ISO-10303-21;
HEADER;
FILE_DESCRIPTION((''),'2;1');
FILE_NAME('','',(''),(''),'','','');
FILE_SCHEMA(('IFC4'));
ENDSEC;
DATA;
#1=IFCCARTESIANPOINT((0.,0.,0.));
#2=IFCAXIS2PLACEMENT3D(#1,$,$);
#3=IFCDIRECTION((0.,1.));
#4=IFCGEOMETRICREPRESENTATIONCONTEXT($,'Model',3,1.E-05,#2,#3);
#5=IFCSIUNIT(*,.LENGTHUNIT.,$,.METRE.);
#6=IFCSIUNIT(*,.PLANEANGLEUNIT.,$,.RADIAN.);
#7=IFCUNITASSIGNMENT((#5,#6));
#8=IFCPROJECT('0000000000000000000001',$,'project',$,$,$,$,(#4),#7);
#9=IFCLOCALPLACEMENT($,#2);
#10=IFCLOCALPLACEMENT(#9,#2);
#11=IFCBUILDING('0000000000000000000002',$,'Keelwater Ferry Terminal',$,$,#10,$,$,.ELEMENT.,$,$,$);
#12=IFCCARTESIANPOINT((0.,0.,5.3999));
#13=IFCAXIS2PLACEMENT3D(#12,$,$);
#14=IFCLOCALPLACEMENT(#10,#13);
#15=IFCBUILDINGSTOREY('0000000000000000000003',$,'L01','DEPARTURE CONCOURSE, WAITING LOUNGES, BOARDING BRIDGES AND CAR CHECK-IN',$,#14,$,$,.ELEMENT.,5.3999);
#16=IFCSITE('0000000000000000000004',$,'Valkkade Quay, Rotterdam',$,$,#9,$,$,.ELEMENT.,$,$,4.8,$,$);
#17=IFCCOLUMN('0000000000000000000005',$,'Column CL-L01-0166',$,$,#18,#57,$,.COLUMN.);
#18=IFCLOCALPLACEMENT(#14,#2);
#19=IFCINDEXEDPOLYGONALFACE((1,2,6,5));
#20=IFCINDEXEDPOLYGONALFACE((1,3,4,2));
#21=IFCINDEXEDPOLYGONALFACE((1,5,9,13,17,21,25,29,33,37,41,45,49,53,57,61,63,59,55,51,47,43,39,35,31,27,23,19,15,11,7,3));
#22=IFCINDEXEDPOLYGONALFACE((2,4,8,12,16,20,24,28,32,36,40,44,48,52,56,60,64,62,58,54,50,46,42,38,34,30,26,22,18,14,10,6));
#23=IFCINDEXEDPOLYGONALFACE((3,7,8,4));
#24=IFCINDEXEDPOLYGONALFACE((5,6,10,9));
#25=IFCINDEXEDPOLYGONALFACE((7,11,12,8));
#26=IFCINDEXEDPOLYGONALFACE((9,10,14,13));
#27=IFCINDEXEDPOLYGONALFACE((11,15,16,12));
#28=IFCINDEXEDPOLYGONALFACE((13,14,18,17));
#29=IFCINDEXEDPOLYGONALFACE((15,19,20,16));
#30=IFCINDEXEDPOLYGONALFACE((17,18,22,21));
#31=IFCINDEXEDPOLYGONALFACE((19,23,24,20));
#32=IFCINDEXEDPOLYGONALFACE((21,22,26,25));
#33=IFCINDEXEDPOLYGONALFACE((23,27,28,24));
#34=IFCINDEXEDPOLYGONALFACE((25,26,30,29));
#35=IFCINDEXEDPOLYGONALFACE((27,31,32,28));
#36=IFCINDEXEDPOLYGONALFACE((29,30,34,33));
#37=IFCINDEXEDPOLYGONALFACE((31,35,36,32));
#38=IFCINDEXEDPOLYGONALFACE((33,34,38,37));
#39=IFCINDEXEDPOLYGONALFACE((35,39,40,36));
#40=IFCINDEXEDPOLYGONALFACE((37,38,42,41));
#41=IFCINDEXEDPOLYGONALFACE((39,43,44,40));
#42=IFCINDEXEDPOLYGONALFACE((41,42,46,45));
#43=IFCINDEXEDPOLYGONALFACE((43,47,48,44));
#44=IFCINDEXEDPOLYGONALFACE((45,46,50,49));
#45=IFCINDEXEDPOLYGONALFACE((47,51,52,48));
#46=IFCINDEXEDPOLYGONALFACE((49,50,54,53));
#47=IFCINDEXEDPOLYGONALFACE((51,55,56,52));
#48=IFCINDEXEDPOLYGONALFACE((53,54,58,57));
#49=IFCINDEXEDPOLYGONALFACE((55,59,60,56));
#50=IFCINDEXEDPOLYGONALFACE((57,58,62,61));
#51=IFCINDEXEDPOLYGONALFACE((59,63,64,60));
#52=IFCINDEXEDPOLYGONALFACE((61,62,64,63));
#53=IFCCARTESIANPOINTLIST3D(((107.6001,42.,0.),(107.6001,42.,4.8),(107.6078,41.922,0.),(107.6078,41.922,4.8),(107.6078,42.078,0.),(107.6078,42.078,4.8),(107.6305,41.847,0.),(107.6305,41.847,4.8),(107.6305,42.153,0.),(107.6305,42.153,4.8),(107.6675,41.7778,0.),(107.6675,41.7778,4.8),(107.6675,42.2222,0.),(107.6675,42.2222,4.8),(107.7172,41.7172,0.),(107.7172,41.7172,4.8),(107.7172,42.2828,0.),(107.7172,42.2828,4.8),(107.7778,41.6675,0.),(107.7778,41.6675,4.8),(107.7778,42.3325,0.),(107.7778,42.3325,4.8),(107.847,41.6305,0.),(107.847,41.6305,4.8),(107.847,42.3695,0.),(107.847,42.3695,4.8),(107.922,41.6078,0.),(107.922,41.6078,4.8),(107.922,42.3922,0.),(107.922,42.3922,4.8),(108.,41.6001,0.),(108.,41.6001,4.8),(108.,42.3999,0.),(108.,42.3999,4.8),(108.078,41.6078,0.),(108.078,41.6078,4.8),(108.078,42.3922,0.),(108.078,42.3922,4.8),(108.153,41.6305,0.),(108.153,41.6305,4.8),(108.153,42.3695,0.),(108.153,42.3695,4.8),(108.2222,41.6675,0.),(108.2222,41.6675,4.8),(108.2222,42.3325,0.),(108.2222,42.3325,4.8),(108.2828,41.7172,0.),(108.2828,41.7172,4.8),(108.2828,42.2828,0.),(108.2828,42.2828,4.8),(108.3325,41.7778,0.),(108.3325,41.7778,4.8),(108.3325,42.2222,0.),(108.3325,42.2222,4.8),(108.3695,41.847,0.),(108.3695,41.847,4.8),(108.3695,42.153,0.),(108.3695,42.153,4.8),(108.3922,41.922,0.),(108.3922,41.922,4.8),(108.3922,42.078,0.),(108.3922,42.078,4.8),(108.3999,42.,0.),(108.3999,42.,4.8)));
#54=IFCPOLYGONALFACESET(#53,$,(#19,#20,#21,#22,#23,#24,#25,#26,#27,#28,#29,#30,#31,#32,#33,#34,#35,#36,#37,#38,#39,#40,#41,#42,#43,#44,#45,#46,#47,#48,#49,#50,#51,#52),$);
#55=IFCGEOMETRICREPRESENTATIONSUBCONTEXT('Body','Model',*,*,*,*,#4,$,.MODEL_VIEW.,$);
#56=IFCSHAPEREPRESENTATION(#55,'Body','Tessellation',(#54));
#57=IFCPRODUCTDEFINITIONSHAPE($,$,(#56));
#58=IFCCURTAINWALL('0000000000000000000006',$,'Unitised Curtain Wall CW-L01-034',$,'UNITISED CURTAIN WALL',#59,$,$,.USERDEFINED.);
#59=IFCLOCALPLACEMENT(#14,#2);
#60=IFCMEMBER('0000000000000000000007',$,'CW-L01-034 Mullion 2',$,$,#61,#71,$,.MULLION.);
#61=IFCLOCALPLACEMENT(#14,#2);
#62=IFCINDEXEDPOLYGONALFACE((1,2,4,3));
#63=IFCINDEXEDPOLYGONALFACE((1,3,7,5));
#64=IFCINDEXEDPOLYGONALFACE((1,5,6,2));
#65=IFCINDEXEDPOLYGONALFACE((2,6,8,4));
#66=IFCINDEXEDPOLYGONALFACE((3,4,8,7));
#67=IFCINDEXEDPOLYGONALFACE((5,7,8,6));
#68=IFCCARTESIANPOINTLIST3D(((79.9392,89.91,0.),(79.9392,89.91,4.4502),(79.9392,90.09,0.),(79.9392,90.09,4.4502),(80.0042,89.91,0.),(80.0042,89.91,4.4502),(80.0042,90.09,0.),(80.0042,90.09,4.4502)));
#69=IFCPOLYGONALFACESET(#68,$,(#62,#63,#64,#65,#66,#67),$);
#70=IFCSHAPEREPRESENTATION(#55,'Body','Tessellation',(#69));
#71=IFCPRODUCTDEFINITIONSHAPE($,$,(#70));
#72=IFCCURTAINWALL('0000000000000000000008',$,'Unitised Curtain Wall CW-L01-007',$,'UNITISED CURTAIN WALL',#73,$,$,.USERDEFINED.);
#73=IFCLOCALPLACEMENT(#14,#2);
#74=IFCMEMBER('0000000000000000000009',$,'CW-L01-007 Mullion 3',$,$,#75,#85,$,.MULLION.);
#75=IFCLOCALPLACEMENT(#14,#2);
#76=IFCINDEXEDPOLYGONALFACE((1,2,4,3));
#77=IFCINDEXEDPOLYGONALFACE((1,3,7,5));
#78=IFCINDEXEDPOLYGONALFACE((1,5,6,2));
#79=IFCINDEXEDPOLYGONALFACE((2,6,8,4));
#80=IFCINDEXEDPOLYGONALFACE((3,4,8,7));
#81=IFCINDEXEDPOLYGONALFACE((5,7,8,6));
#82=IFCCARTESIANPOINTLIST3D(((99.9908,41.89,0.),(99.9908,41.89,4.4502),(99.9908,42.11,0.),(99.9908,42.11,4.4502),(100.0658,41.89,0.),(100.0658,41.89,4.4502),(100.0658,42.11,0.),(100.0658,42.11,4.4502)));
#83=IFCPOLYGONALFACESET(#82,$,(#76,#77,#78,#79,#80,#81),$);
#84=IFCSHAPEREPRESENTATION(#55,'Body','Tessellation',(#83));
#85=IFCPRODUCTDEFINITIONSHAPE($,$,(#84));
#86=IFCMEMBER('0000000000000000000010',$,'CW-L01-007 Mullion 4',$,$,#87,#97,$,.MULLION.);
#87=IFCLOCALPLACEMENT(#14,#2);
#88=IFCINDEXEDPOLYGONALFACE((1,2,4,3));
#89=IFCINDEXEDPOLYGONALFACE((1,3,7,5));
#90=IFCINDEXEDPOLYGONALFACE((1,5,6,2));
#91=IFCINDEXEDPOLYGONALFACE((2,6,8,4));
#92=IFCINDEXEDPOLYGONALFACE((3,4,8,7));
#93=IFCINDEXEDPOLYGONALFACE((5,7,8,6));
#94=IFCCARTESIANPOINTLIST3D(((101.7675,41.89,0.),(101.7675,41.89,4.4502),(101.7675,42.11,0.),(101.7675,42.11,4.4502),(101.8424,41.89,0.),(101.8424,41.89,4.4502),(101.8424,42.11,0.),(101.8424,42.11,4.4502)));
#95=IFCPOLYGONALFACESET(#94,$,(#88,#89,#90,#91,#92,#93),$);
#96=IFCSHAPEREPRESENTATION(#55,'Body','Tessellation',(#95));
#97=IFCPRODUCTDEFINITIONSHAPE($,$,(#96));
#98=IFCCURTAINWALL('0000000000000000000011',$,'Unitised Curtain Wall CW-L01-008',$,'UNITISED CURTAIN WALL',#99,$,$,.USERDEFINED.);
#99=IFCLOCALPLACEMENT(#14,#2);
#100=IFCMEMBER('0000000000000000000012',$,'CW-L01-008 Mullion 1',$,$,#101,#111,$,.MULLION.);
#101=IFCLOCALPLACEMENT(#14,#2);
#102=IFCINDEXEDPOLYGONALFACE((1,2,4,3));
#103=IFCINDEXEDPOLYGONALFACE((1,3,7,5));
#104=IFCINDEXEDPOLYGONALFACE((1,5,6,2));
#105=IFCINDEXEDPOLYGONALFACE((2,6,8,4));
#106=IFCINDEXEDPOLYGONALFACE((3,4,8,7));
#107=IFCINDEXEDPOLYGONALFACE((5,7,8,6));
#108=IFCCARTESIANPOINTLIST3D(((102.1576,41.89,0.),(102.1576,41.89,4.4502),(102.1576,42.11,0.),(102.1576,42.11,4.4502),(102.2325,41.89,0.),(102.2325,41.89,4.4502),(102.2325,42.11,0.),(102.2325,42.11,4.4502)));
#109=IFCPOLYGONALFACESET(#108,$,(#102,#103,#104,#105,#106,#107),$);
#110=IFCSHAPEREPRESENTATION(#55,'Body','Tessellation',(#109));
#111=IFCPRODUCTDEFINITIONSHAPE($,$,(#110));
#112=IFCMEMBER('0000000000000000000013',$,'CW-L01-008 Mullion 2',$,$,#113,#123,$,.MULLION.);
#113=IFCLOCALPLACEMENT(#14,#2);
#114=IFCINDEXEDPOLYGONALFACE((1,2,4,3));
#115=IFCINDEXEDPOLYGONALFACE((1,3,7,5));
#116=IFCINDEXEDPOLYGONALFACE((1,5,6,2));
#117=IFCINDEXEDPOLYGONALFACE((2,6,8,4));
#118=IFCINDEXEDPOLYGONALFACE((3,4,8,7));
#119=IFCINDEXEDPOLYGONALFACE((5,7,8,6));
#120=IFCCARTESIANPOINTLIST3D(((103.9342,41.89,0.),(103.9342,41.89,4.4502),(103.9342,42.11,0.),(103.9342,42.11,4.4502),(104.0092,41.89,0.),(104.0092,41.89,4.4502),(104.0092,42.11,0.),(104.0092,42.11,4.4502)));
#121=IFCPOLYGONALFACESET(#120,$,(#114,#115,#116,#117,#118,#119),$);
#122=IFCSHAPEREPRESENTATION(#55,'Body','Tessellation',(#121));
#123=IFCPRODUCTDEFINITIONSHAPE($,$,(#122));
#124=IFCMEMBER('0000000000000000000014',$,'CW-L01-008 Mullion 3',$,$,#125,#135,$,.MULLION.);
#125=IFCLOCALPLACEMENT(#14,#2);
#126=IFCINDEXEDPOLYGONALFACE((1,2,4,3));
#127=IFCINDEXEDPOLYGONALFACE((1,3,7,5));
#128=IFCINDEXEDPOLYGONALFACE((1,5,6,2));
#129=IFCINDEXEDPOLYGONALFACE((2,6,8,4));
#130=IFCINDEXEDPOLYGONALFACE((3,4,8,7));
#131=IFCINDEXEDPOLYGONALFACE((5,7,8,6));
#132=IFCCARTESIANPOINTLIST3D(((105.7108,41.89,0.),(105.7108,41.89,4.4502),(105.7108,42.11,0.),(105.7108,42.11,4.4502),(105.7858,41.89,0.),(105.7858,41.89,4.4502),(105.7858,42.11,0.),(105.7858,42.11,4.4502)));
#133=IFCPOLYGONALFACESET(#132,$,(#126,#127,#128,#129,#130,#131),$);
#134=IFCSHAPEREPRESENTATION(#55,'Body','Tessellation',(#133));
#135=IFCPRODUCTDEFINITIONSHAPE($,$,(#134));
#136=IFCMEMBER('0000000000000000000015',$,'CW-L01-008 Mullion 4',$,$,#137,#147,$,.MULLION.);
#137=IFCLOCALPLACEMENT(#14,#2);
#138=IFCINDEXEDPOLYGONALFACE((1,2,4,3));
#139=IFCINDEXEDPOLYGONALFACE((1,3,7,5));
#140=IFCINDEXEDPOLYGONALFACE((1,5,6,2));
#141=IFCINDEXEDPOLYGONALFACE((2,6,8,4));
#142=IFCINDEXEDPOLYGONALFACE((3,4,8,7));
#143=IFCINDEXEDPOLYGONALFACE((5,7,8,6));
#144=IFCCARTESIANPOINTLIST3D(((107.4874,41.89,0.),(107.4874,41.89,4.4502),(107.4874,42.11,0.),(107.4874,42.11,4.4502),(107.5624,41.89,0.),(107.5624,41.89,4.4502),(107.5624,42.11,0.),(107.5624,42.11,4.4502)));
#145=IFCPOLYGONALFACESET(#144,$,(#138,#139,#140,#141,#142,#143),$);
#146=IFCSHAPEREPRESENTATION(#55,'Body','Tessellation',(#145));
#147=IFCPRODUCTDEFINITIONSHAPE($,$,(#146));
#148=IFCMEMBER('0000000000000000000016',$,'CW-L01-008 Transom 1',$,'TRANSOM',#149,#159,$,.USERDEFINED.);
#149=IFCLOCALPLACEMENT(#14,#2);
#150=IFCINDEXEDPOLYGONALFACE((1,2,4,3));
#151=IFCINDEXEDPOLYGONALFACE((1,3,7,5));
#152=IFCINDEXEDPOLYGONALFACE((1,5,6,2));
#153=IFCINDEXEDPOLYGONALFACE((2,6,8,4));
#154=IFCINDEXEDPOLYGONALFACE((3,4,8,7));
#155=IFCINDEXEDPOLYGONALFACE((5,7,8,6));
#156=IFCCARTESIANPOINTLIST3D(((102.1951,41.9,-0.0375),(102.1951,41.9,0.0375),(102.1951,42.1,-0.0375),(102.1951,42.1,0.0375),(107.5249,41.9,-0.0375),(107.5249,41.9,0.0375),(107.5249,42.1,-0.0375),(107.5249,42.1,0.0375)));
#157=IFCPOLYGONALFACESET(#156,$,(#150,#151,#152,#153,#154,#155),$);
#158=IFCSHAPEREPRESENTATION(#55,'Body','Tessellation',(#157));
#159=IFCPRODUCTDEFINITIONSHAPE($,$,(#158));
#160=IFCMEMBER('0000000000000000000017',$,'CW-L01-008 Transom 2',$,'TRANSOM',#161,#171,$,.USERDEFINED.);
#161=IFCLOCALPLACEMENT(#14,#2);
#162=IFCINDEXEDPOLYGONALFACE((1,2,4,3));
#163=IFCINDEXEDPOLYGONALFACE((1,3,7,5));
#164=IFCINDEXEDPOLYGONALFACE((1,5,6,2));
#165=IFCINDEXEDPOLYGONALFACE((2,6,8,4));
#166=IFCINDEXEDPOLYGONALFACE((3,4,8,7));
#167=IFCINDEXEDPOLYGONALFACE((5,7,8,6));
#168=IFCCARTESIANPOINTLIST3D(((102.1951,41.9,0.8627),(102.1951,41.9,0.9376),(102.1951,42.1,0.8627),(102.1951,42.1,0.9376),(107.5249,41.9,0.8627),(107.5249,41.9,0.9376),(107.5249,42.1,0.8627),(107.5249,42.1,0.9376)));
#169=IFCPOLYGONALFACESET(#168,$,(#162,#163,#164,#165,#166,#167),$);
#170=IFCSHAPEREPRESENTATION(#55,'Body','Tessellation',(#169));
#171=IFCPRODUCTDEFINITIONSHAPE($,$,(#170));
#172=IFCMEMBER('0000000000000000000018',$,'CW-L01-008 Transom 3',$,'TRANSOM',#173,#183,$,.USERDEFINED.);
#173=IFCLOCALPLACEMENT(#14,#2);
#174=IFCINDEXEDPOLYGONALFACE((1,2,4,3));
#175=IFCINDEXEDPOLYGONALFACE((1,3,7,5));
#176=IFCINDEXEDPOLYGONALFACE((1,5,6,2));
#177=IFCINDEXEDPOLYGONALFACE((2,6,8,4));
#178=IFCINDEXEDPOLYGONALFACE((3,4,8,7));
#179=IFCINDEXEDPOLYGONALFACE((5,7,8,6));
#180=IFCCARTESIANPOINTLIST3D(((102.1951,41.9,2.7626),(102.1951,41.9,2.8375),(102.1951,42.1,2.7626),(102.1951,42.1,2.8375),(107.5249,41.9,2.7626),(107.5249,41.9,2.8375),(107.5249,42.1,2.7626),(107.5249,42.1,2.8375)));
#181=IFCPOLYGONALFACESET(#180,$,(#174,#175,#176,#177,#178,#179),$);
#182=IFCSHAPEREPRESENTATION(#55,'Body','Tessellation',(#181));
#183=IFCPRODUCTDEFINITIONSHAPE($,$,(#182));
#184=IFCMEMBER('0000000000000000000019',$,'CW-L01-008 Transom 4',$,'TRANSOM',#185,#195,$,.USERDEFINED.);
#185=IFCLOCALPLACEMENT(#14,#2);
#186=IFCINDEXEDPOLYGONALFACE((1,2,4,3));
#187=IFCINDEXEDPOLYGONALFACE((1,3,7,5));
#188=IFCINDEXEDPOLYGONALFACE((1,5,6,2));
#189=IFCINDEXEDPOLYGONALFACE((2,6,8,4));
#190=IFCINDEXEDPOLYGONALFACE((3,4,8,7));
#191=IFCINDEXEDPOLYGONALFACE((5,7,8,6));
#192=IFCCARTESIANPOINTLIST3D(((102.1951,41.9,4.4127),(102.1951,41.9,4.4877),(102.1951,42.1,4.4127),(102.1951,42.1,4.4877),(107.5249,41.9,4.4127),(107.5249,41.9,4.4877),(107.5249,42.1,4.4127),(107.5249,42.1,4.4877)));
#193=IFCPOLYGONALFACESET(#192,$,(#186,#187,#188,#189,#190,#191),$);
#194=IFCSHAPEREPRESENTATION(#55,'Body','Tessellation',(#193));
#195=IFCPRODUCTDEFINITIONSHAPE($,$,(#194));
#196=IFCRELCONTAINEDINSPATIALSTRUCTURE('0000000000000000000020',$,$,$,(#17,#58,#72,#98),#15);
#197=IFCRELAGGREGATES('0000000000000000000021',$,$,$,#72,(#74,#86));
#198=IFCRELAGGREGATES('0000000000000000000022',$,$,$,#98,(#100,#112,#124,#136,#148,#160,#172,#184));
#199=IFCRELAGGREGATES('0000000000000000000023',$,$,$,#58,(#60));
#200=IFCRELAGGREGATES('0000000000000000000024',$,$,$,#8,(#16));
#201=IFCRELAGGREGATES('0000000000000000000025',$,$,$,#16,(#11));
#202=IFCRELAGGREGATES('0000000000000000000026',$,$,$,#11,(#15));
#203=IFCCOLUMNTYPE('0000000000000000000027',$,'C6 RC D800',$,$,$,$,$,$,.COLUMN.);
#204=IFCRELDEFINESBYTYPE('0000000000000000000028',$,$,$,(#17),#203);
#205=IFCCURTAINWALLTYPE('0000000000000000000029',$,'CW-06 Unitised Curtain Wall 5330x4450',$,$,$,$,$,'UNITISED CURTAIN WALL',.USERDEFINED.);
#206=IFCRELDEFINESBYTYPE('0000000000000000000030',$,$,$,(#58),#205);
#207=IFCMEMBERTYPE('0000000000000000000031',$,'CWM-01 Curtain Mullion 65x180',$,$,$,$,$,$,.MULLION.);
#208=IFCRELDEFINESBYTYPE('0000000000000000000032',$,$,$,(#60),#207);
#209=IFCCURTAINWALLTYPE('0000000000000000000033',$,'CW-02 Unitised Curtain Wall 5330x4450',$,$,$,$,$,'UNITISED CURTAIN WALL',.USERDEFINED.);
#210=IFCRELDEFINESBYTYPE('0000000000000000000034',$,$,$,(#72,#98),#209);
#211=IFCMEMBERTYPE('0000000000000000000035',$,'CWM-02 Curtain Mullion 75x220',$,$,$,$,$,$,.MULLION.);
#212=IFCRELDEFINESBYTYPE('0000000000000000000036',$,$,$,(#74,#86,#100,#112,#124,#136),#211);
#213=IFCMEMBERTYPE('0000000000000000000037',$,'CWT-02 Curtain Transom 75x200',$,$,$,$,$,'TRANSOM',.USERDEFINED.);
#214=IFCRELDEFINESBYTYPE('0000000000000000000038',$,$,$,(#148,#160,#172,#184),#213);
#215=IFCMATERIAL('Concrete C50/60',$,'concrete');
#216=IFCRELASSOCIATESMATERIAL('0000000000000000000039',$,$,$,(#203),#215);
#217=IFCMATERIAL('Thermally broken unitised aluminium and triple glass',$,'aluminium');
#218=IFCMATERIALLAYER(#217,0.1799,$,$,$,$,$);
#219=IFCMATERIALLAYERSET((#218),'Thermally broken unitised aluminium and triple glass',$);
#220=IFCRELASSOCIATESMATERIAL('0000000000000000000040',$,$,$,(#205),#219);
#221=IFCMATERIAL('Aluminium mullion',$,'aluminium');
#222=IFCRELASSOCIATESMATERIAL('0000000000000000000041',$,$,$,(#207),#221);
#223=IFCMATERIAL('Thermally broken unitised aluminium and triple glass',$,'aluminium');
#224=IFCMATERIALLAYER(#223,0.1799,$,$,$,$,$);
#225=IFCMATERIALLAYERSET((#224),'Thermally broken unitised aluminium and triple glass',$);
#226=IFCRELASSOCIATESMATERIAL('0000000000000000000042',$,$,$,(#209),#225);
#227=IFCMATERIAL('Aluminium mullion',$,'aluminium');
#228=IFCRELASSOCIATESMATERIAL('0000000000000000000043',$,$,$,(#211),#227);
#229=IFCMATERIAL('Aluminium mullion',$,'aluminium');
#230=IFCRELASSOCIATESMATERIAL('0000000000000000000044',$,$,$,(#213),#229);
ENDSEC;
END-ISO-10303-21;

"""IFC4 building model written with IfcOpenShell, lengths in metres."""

from ifc_helpers import new_model, si_unit, direction, frame, origin, origin_2d, place, context, subcontext, project, spatial, rectangle, circle, extrude, material, layer, layer_set, material_profile, profile_set, type_object, element, aggregate, save


model = new_model("IFC4")

# Units and contexts
model_context = context("Model", 3, precision=1e-05, world=origin(), true_north=direction((0.0, 1.0)))
body_context = subcontext(model_context, "Body", "Model", "MODEL_VIEW")
ifc_project = project(units=[si_unit("LENGTHUNIT", "METRE"), si_unit("PLANEANGLEUNIT", "RADIAN")], contexts=[model_context])

# Site, building, storey
site_placement = place(None, origin())
site = spatial("IfcSite", under=ifc_project, at=site_placement, Name="Valkkade Quay, Rotterdam", CompositionType="ELEMENT", RefElevation=4.8)
building_placement = place(site_placement, origin())
building = spatial("IfcBuilding", under=site, at=building_placement, Name="Keelwater Ferry Terminal", CompositionType="ELEMENT")
storey_placement = place(building_placement, frame((0.0, 0.0, 5.3999)))
storey = spatial("IfcBuildingStorey", under=building, at=storey_placement, Name="L01", Description="DEPARTURE CONCOURSE, WAITING LOUNGES, BOARDING BRIDGES AND CAR CHECK-IN", CompositionType="ELEMENT", Elevation=5.3999)

# Column
ifc_material_1 = material(Name="Concrete C50/60", Category="concrete")
ifc_material_profile_1 = material_profile(ifc_material_1, circle(Radius=0.3999, at=origin_2d()), Name="RC D800")
ifc_profile_set_1 = profile_set([ifc_material_profile_1], Name="Concrete C50/60")
column_type = type_object("IfcColumnType", Name="C6 RC D800", PredefinedType="COLUMN", material=ifc_profile_set_1)
column_placement = place(storey_placement, frame((108.0, 42.0, 0.0), z_axis=(0.0, 0.0, 1.0), x_axis=(1.0, 0.0, 0.0)))
element("IfcColumn", 1, at=column_placement, inside=storey, type_object=column_type, Name="Column CL-L01-0166", PredefinedType="COLUMN", context=body_context, shape_type="SweptSolid", body=[
    extrude(circle(Radius=0.3999, at=origin_2d()), origin(), (0.0, 0.0, 1.0), 4.8),
])

# Curtain wall, member
ifc_material_2 = material(Name="Thermally broken unitised aluminium and triple glass", Category="aluminium")
ifc_layer_1 = layer(ifc_material_2, 0.1799)
ifc_layer_set_1 = layer_set([ifc_layer_1], Name="Thermally broken unitised aluminium and triple glass")
curtain_wall_type_1 = type_object("IfcCurtainWallType", Name="CW-06 Unitised Curtain Wall 5330x4450", ElementType="UNITISED CURTAIN WALL", PredefinedType="USERDEFINED", material=ifc_layer_set_1)
curtain_wall_1_placement = place(storey_placement, origin())
curtain_wall_1 = element("IfcCurtainWall", 2, at=curtain_wall_1_placement, inside=storey, type_object=curtain_wall_type_1, Name="Unitised Curtain Wall CW-L01-034", ObjectType="UNITISED CURTAIN WALL", PredefinedType="USERDEFINED")
ifc_material_3 = material(Name="Aluminium mullion", Category="aluminium")
ifc_material_profile_2 = material_profile(ifc_material_3, rectangle(XDim=0.0649, YDim=0.1799, at=origin_2d()), Name="CWM-01")
ifc_profile_set_2 = profile_set([ifc_material_profile_2], Name="Aluminium mullion")
member_type_1 = type_object("IfcMemberType", Name="CWM-01 Curtain Mullion 65x180", PredefinedType="MULLION", material=ifc_profile_set_2)
member_1_placement = place(storey_placement, frame((79.9717, 90.0, 0.0), z_axis=(0.0, 0.0, 1.0), x_axis=(1.0, 0.0, 0.0)))
member_1 = element("IfcMember", 3, at=member_1_placement, type_object=member_type_1, Name="CW-L01-034 Mullion 2", PredefinedType="MULLION", context=body_context, shape_type="SweptSolid", body=[
    extrude(rectangle(XDim=0.0649, YDim=0.1799, at=origin_2d()), origin(), (0.0, 0.0, 1.0), 4.4502),
])

# Curtain walls, members
ifc_material_4 = material(Name="Thermally broken unitised aluminium and triple glass", Category="aluminium")
ifc_layer_2 = layer(ifc_material_4, 0.1799)
ifc_layer_set_2 = layer_set([ifc_layer_2], Name="Thermally broken unitised aluminium and triple glass")
curtain_wall_type_2 = type_object("IfcCurtainWallType", Name="CW-02 Unitised Curtain Wall 5330x4450", ElementType="UNITISED CURTAIN WALL", PredefinedType="USERDEFINED", material=ifc_layer_set_2)
curtain_wall_2_placement = place(storey_placement, origin())
curtain_wall_2 = element("IfcCurtainWall", 4, at=curtain_wall_2_placement, inside=storey, type_object=curtain_wall_type_2, Name="Unitised Curtain Wall CW-L01-007", ObjectType="UNITISED CURTAIN WALL", PredefinedType="USERDEFINED")
ifc_material_5 = material(Name="Aluminium mullion", Category="aluminium")
ifc_material_profile_3 = material_profile(ifc_material_5, rectangle(XDim=0.075, YDim=0.22, at=origin_2d()), Name="CWM-02")
ifc_profile_set_3 = profile_set([ifc_material_profile_3], Name="Aluminium mullion")
member_type_2 = type_object("IfcMemberType", Name="CWM-02 Curtain Mullion 75x220", PredefinedType="MULLION", material=ifc_profile_set_3)
member_2_placement = place(storey_placement, frame((100.0283, 42.0, 0.0), z_axis=(0.0, 0.0, 1.0), x_axis=(1.0, 0.0, 0.0)))
member_2 = element("IfcMember", 5, at=member_2_placement, type_object=member_type_2, Name="CW-L01-007 Mullion 3", PredefinedType="MULLION", context=body_context, shape_type="SweptSolid", body=[
    extrude(rectangle(XDim=0.075, YDim=0.22, at=origin_2d()), origin(), (0.0, 0.0, 1.0), 4.4502),
])
member_3_placement = place(storey_placement, frame((101.8049, 42.0, 0.0), z_axis=(0.0, 0.0, 1.0), x_axis=(1.0, 0.0, 0.0)))
member_3 = element("IfcMember", 6, at=member_3_placement, type_object=member_type_2, Name="CW-L01-007 Mullion 4", PredefinedType="MULLION", context=body_context, shape_type="SweptSolid", body=[
    extrude(rectangle(XDim=0.075, YDim=0.22, at=origin_2d()), origin(), (0.0, 0.0, 1.0), 4.4502),
])
curtain_wall_3_placement = place(storey_placement, origin())
curtain_wall_3 = element("IfcCurtainWall", 7, at=curtain_wall_3_placement, inside=storey, type_object=curtain_wall_type_2, Name="Unitised Curtain Wall CW-L01-008", ObjectType="UNITISED CURTAIN WALL", PredefinedType="USERDEFINED")
member_4_placement = place(storey_placement, frame((102.1951, 42.0, 0.0), z_axis=(0.0, 0.0, 1.0), x_axis=(1.0, 0.0, 0.0)))
member_4 = element("IfcMember", 8, at=member_4_placement, type_object=member_type_2, Name="CW-L01-008 Mullion 1", PredefinedType="MULLION", context=body_context, shape_type="SweptSolid", body=[
    extrude(rectangle(XDim=0.075, YDim=0.22, at=origin_2d()), origin(), (0.0, 0.0, 1.0), 4.4502),
])
member_5_placement = place(storey_placement, frame((103.9717, 42.0, 0.0), z_axis=(0.0, 0.0, 1.0), x_axis=(1.0, 0.0, 0.0)))
member_5 = element("IfcMember", 9, at=member_5_placement, type_object=member_type_2, Name="CW-L01-008 Mullion 2", PredefinedType="MULLION", context=body_context, shape_type="SweptSolid", body=[
    extrude(rectangle(XDim=0.075, YDim=0.22, at=origin_2d()), origin(), (0.0, 0.0, 1.0), 4.4502),
])
member_6_placement = place(storey_placement, frame((105.7483, 42.0, 0.0), z_axis=(0.0, 0.0, 1.0), x_axis=(1.0, 0.0, 0.0)))
member_6 = element("IfcMember", 10, at=member_6_placement, type_object=member_type_2, Name="CW-L01-008 Mullion 3", PredefinedType="MULLION", context=body_context, shape_type="SweptSolid", body=[
    extrude(rectangle(XDim=0.075, YDim=0.22, at=origin_2d()), origin(), (0.0, 0.0, 1.0), 4.4502),
])
member_7_placement = place(storey_placement, frame((107.5249, 42.0, 0.0), z_axis=(0.0, 0.0, 1.0), x_axis=(1.0, 0.0, 0.0)))
member_7 = element("IfcMember", 11, at=member_7_placement, type_object=member_type_2, Name="CW-L01-008 Mullion 4", PredefinedType="MULLION", context=body_context, shape_type="SweptSolid", body=[
    extrude(rectangle(XDim=0.075, YDim=0.22, at=origin_2d()), origin(), (0.0, 0.0, 1.0), 4.4502),
])
ifc_material_6 = material(Name="Aluminium mullion", Category="aluminium")
ifc_material_profile_4 = material_profile(ifc_material_6, rectangle(XDim=0.2, YDim=0.075, at=origin_2d()), Name="CWT-02")
ifc_profile_set_4 = profile_set([ifc_material_profile_4], Name="Aluminium mullion")
member_type_3 = type_object("IfcMemberType", Name="CWT-02 Curtain Transom 75x200", ElementType="TRANSOM", PredefinedType="USERDEFINED", material=ifc_profile_set_4)
member_8_placement = place(storey_placement, frame((102.1951, 42.0, 0.0), z_axis=(1.0, 0.0, 0.0), x_axis=(0.0, 1.0, 0.0)))
member_8 = element("IfcMember", 12, at=member_8_placement, type_object=member_type_3, Name="CW-L01-008 Transom 1", ObjectType="TRANSOM", PredefinedType="USERDEFINED", context=body_context, shape_type="SweptSolid", body=[
    extrude(rectangle(XDim=0.2, YDim=0.075, at=origin_2d()), origin(), (0.0, 0.0, 1.0), 5.3298),
])
member_9_placement = place(storey_placement, frame((102.1951, 42.0, 0.9001), z_axis=(1.0, 0.0, 0.0), x_axis=(0.0, 1.0, 0.0)))
member_9 = element("IfcMember", 13, at=member_9_placement, type_object=member_type_3, Name="CW-L01-008 Transom 2", ObjectType="TRANSOM", PredefinedType="USERDEFINED", context=body_context, shape_type="SweptSolid", body=[
    extrude(rectangle(XDim=0.2, YDim=0.075, at=origin_2d()), origin(), (0.0, 0.0, 1.0), 5.3298),
])
member_10_placement = place(storey_placement, frame((102.1951, 42.0, 2.8), z_axis=(1.0, 0.0, 0.0), x_axis=(0.0, 1.0, 0.0)))
member_10 = element("IfcMember", 14, at=member_10_placement, type_object=member_type_3, Name="CW-L01-008 Transom 3", ObjectType="TRANSOM", PredefinedType="USERDEFINED", context=body_context, shape_type="SweptSolid", body=[
    extrude(rectangle(XDim=0.2, YDim=0.075, at=origin_2d()), origin(), (0.0, 0.0, 1.0), 5.3298),
])
member_11_placement = place(storey_placement, frame((102.1951, 42.0, 4.4502), z_axis=(1.0, 0.0, 0.0), x_axis=(0.0, 1.0, 0.0)))
member_11 = element("IfcMember", 15, at=member_11_placement, type_object=member_type_3, Name="CW-L01-008 Transom 4", ObjectType="TRANSOM", PredefinedType="USERDEFINED", context=body_context, shape_type="SweptSolid", body=[
    extrude(rectangle(XDim=0.2, YDim=0.075, at=origin_2d()), origin(), (0.0, 0.0, 1.0), 5.3298),
])

aggregate(curtain_wall_2, [member_2, member_3])
aggregate(curtain_wall_3, [member_4, member_5, member_6, member_7, member_8, member_9, member_10, member_11])
aggregate(curtain_wall_1, [member_1])

save(model, "model.ifc")
